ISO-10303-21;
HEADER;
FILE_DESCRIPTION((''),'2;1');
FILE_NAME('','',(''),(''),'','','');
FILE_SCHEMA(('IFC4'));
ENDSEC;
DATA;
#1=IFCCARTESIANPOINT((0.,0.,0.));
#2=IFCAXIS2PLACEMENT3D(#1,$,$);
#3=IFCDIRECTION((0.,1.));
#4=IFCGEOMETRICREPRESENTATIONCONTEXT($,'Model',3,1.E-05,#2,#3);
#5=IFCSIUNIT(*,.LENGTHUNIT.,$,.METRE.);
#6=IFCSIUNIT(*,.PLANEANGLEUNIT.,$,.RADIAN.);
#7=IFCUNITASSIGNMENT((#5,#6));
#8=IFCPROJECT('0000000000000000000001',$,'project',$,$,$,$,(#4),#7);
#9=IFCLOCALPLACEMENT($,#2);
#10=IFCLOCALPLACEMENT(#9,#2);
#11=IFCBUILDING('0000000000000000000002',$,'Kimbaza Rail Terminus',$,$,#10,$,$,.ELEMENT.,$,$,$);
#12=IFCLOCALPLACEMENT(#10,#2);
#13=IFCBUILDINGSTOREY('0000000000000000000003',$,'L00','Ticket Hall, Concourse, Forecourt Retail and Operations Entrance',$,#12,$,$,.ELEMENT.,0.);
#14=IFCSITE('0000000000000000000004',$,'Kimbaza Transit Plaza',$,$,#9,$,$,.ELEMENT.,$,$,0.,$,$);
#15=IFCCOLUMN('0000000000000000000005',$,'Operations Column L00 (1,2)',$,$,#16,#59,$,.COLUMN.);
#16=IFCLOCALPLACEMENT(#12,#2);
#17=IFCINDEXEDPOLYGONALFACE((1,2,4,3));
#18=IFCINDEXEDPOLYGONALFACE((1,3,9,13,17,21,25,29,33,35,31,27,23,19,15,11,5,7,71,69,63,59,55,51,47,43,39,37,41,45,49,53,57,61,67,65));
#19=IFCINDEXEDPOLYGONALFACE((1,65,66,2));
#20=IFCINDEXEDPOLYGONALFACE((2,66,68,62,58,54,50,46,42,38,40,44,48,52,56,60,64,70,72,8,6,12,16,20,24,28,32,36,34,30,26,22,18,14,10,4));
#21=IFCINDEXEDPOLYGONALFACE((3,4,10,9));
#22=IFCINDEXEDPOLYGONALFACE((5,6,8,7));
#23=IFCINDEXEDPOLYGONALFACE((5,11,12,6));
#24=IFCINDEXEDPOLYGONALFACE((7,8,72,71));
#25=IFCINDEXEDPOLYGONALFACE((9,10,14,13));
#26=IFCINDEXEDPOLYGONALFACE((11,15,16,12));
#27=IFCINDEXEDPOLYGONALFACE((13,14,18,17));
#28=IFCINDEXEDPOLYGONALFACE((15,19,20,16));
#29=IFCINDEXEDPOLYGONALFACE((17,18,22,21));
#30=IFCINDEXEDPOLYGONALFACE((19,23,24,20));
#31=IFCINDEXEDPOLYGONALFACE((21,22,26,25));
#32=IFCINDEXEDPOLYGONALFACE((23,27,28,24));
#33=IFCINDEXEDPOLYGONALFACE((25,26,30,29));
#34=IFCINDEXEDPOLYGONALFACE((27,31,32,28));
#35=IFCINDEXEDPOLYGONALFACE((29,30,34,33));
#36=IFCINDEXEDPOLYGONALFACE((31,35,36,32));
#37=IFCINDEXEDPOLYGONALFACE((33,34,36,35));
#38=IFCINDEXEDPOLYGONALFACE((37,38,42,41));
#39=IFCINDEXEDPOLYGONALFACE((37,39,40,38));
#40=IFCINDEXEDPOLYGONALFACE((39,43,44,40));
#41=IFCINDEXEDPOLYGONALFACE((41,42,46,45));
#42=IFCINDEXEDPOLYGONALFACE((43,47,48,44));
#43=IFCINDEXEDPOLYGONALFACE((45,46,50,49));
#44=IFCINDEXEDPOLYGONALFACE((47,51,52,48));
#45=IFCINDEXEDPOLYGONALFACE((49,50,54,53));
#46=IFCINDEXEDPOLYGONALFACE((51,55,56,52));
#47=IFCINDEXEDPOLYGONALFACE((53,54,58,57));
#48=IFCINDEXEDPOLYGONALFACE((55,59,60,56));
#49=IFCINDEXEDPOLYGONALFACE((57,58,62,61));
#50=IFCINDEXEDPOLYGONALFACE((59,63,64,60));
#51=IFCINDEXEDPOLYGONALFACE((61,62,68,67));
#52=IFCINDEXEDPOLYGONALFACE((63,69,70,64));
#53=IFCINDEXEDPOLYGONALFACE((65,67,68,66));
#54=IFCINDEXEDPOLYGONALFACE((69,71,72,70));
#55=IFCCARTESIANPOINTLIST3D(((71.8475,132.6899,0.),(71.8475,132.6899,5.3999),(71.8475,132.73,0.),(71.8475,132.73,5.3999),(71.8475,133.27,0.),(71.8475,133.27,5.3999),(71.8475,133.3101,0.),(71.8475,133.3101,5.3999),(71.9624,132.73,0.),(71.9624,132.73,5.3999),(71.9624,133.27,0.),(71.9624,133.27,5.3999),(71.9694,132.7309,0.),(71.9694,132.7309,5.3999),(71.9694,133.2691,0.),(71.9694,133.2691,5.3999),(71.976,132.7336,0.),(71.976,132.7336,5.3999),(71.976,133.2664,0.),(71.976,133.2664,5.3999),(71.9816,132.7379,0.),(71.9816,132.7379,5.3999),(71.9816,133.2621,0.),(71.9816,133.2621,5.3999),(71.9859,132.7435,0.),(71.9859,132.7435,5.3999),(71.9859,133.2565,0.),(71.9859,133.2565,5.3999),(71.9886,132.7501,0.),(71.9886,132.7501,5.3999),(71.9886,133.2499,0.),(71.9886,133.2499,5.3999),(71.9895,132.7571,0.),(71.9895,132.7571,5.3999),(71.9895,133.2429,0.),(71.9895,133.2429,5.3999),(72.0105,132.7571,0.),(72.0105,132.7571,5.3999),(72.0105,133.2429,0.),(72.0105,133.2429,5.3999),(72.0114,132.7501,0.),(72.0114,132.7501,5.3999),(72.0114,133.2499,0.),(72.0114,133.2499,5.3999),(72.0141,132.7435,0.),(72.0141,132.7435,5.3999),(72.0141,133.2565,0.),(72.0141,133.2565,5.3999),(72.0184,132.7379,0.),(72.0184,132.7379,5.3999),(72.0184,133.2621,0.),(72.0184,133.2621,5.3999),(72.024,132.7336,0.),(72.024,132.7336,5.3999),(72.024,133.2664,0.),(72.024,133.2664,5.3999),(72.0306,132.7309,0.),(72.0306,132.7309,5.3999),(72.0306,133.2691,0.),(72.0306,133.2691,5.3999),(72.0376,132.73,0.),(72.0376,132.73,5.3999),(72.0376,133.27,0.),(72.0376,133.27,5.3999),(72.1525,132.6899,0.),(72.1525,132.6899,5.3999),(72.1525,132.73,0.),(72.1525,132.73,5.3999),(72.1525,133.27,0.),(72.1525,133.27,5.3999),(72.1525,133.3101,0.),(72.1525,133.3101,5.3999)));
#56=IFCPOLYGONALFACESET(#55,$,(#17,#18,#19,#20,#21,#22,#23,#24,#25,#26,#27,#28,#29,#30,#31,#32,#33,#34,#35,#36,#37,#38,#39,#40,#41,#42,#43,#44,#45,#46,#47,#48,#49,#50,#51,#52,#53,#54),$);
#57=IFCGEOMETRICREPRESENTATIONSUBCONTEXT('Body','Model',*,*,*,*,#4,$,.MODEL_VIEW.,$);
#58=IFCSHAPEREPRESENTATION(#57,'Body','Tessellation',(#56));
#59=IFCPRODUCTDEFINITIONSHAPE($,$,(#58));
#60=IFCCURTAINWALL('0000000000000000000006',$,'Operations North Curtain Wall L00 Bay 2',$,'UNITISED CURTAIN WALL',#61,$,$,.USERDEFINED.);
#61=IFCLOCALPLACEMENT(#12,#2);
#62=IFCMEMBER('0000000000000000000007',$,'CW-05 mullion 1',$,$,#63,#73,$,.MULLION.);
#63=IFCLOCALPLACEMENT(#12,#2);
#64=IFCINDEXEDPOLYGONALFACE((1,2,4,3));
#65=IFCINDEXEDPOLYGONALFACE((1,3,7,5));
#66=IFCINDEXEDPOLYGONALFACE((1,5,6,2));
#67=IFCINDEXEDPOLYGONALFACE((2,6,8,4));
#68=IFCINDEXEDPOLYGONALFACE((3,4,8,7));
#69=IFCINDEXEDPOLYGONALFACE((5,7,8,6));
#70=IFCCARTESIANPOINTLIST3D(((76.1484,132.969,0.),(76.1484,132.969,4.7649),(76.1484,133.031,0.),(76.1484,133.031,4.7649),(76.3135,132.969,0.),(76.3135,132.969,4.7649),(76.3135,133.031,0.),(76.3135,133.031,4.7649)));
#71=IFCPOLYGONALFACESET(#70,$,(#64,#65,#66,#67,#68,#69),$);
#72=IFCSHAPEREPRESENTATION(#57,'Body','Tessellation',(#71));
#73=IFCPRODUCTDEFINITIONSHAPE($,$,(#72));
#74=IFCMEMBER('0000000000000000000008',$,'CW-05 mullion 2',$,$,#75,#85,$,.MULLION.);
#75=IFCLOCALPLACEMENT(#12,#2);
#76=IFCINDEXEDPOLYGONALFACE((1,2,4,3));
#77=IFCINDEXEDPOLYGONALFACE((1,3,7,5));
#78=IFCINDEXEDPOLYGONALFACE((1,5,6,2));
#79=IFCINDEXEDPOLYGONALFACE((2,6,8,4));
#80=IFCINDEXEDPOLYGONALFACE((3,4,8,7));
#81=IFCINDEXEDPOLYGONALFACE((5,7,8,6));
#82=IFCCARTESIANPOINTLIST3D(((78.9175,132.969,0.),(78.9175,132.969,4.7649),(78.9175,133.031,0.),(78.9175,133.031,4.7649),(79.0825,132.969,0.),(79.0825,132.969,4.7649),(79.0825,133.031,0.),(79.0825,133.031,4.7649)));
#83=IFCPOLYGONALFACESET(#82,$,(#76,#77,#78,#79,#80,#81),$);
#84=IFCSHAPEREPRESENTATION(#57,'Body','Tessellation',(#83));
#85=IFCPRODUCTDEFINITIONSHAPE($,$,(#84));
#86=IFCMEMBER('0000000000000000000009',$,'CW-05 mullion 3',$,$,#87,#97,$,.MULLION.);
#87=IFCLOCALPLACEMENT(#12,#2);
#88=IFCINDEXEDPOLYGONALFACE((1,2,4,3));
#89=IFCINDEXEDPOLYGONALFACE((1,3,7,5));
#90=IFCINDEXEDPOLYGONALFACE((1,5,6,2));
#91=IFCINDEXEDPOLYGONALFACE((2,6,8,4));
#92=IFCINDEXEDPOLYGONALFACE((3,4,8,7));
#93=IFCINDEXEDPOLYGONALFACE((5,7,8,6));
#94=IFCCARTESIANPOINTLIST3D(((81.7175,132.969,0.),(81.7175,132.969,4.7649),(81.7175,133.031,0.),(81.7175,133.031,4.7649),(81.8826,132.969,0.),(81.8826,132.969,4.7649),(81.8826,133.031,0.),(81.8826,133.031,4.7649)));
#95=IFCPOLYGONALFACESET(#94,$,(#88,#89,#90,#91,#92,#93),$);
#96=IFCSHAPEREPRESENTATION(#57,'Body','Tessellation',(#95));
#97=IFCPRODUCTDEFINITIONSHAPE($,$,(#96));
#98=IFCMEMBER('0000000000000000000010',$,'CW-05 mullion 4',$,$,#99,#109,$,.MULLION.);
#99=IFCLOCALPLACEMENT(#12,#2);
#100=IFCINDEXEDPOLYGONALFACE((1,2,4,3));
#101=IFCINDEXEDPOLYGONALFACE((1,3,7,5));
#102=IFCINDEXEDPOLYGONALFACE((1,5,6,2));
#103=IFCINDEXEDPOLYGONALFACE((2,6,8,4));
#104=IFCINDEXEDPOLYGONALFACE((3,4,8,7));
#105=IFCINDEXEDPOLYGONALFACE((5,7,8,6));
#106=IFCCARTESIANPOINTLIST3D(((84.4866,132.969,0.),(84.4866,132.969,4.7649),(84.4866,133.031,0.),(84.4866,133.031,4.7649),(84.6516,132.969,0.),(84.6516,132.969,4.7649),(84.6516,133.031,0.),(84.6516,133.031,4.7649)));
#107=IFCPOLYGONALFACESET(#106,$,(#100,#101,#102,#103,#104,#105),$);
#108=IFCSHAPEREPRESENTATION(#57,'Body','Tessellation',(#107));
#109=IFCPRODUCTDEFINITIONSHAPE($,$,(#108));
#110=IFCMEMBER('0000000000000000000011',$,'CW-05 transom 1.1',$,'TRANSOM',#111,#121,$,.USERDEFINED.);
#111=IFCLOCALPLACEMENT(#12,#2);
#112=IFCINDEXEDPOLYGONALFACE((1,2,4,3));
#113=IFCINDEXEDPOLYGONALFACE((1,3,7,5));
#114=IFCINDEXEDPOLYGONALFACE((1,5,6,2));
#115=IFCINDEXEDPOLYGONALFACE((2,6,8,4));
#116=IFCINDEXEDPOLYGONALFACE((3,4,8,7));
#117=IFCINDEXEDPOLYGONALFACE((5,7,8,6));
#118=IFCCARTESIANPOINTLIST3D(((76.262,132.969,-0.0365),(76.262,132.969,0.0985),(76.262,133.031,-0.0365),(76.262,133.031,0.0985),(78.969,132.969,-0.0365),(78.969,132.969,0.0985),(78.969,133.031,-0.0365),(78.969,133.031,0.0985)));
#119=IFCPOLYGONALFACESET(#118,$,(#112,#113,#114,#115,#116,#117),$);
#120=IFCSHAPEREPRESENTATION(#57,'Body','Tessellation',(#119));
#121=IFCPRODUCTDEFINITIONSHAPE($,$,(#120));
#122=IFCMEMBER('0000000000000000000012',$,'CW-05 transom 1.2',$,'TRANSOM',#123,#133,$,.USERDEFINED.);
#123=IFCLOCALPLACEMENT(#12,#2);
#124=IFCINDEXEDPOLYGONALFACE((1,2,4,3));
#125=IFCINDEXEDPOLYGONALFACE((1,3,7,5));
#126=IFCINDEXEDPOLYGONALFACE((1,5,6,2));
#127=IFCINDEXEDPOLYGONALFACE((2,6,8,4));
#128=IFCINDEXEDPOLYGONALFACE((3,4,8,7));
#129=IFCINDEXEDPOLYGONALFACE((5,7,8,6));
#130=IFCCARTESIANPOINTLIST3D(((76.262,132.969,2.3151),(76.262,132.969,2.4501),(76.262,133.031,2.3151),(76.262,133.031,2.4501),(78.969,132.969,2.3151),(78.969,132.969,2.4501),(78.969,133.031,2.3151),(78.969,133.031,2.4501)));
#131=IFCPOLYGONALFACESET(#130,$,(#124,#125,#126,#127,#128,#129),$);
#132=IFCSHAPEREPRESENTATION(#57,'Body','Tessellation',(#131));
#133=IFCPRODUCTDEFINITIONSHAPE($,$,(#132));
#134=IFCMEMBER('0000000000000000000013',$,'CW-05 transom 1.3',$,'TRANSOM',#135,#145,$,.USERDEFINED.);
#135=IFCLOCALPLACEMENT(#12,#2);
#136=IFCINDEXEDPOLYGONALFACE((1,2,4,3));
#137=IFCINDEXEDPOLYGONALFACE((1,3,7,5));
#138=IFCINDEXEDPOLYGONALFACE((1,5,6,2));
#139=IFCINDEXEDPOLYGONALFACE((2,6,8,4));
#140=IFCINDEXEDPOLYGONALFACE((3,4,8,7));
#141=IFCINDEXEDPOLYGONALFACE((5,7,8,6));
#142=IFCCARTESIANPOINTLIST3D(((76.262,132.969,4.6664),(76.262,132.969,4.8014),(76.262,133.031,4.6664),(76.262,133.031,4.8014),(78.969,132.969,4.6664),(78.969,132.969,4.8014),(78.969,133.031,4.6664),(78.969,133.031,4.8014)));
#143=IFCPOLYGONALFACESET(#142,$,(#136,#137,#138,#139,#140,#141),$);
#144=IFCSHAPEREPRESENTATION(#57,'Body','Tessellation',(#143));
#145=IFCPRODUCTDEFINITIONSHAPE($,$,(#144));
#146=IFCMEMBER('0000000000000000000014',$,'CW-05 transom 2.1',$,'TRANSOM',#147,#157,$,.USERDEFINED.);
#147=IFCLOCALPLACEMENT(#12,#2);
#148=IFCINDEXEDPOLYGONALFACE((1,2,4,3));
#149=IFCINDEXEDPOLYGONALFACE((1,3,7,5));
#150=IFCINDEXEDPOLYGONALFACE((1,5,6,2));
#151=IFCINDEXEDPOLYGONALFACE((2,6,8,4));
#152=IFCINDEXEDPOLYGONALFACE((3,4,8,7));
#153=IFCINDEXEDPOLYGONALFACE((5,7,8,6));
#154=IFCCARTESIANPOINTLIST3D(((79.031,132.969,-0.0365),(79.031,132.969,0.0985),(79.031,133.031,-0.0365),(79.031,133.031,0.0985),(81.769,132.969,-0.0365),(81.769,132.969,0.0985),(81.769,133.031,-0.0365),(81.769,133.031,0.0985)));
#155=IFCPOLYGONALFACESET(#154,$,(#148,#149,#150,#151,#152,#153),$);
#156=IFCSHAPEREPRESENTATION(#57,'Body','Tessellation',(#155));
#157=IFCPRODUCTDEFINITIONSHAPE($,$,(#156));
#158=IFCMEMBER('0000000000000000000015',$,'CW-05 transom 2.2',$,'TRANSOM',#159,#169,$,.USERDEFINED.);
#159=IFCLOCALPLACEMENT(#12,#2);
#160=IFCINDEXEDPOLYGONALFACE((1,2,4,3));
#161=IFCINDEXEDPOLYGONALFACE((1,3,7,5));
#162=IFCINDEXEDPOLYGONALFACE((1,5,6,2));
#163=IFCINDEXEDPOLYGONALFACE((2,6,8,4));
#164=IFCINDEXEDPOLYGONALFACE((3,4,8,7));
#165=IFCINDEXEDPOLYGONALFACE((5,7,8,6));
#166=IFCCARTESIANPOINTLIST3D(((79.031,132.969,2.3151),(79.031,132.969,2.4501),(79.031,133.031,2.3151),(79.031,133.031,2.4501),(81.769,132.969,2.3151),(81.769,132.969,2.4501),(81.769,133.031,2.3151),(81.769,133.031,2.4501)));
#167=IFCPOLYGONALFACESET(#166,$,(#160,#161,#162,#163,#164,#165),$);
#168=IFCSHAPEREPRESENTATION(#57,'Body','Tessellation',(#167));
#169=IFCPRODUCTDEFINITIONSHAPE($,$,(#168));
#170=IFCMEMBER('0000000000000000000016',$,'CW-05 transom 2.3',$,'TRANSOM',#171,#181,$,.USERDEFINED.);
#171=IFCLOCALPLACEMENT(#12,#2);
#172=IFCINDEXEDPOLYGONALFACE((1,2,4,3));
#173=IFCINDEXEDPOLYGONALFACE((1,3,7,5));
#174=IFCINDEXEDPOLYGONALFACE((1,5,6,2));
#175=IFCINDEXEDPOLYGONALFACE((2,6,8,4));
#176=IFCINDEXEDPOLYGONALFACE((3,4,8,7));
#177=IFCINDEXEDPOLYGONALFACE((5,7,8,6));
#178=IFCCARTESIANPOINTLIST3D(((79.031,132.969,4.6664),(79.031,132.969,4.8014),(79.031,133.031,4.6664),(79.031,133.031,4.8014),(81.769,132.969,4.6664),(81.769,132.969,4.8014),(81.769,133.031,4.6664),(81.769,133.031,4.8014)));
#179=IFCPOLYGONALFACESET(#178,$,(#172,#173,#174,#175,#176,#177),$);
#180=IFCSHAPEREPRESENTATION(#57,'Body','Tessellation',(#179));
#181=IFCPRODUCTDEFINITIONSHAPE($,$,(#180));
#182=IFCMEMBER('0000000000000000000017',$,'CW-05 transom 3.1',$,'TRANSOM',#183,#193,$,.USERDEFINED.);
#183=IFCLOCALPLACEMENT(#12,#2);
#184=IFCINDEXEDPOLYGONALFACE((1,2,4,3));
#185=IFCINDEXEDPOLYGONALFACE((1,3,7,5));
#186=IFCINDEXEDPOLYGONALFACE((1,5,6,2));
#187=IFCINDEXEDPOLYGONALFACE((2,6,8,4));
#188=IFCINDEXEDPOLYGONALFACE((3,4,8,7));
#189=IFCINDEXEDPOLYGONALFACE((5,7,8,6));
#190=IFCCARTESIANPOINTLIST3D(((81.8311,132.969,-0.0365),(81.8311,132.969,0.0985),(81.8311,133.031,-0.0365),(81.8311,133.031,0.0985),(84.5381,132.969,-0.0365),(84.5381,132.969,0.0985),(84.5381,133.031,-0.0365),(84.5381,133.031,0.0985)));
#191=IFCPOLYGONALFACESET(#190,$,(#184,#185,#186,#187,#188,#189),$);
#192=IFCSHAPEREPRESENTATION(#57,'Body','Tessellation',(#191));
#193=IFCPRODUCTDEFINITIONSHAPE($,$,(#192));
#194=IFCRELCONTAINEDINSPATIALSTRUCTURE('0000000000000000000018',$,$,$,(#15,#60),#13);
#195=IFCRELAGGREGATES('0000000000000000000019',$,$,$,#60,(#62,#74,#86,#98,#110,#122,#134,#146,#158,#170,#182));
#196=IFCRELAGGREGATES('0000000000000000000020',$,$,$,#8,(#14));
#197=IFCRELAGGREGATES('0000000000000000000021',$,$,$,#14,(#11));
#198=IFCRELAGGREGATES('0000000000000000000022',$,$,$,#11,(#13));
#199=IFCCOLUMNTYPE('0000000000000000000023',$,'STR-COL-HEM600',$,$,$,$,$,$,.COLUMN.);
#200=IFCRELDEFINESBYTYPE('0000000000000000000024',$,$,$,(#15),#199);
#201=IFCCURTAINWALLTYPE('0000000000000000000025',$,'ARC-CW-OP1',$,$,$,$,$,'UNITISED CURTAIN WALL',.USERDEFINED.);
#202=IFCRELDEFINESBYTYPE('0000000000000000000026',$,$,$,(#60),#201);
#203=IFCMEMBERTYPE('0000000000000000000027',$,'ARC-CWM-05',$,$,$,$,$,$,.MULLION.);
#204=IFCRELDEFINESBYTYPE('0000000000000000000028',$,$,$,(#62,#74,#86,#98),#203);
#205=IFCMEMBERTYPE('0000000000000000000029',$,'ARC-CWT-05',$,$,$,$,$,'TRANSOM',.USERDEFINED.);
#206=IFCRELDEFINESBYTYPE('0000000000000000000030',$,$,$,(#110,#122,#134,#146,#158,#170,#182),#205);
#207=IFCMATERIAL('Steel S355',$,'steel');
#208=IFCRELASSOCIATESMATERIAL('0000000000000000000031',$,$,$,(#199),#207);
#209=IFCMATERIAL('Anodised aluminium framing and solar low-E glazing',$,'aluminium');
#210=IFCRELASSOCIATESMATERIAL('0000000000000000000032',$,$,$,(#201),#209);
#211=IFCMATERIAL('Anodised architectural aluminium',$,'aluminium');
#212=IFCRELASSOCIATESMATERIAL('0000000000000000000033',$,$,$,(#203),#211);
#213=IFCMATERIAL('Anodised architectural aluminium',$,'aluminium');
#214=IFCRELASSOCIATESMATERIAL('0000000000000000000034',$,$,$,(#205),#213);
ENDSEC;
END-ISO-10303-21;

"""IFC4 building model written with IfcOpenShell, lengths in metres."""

from ifc_helpers import new_model, si_unit, direction, frame, origin, origin_2d, place, context, subcontext, project, spatial, rectangle, i_section, extrude, material, material_profile, profile_set, type_object, element, aggregate, save


model = new_model("IFC4")

# Units and contexts
model_context = context("Model", 3, precision=1e-05, world=origin(), true_north=direction((0.0, 1.0)))
body_context = subcontext(model_context, "Body", "Model", "MODEL_VIEW")
ifc_project = project(units=[si_unit("LENGTHUNIT", "METRE"), si_unit("PLANEANGLEUNIT", "RADIAN")], contexts=[model_context])

# Site, building, storey
site_placement = place(None, origin())
site = spatial("IfcSite", under=ifc_project, at=site_placement, Name="Kimbaza Transit Plaza", CompositionType="ELEMENT", RefElevation=0.0)
building_placement = place(site_placement, origin())
building = spatial("IfcBuilding", under=site, at=building_placement, Name="Kimbaza Rail Terminus", CompositionType="ELEMENT")
storey_placement = place(building_placement, origin())
storey = spatial("IfcBuildingStorey", under=building, at=storey_placement, Name="L00", Description="Ticket Hall, Concourse, Forecourt Retail and Operations Entrance", CompositionType="ELEMENT", Elevation=0.0)

# Column
ifc_material_1 = material(Name="Steel S355", Category="steel")
ifc_material_profile_1 = material_profile(ifc_material_1, i_section(OverallWidth=0.3049, OverallDepth=0.6201, WebThickness=0.021, FlangeThickness=0.04, FilletRadius=0.0271, at=origin_2d()), Name="HEM 600")
ifc_profile_set_1 = profile_set([ifc_material_profile_1], Name="Steel S355")
column_type = type_object("IfcColumnType", Name="STR-COL-HEM600", PredefinedType="COLUMN", material=ifc_profile_set_1)
column_placement = place(storey_placement, frame((72.0, 133.0, 0.0), z_axis=(0.0, 0.0, 1.0), x_axis=(1.0, 0.0, 0.0)))
element("IfcColumn", 1, at=column_placement, inside=storey, type_object=column_type, Name="Operations Column L00 (1,2)", PredefinedType="COLUMN", context=body_context, shape_type="SweptSolid", body=[
    extrude(i_section(OverallWidth=0.3049, OverallDepth=0.6201, WebThickness=0.021, FlangeThickness=0.04, FilletRadius=0.0271, at=origin_2d()), origin(), (0.0, 0.0, 1.0), 5.3999),
])

# Curtain wall, members
ifc_material_2 = material(Name="Anodised aluminium framing and solar low-E glazing", Category="aluminium")
curtain_wall_type = type_object("IfcCurtainWallType", Name="ARC-CW-OP1", ElementType="UNITISED CURTAIN WALL", PredefinedType="USERDEFINED", material=ifc_material_2)
curtain_wall_placement = place(storey_placement, origin())
curtain_wall = element("IfcCurtainWall", 2, at=curtain_wall_placement, inside=storey, type_object=curtain_wall_type, Name="Operations North Curtain Wall L00 Bay 2", ObjectType="UNITISED CURTAIN WALL", PredefinedType="USERDEFINED")
ifc_material_3 = material(Name="Anodised architectural aluminium", Category="aluminium")
ifc_material_profile_2 = material_profile(ifc_material_3, rectangle(XDim=0.062, YDim=0.165, at=origin_2d()), Name="MULLION 62x165")
ifc_profile_set_2 = profile_set([ifc_material_profile_2], Name="Anodised architectural aluminium")
member_type_1 = type_object("IfcMemberType", Name="ARC-CWM-05", PredefinedType="MULLION", material=ifc_profile_set_2)
member_1_placement = place(storey_placement, frame((76.231, 133.0, 0.0), z_axis=(0.0, 0.0, 1.0), x_axis=(0.0, 1.0, 0.0)))
member_1 = element("IfcMember", 3, at=member_1_placement, type_object=member_type_1, Name="CW-05 mullion 1", PredefinedType="MULLION", context=body_context, shape_type="SweptSolid", body=[
    extrude(rectangle(XDim=0.062, YDim=0.165, at=origin_2d()), origin(), (0.0, 0.0, 1.0), 4.7649),
])
member_2_placement = place(storey_placement, frame((79.0, 133.0, 0.0), z_axis=(0.0, 0.0, 1.0), x_axis=(0.0, 1.0, 0.0)))
member_2 = element("IfcMember", 4, at=member_2_placement, type_object=member_type_1, Name="CW-05 mullion 2", PredefinedType="MULLION", context=body_context, shape_type="SweptSolid", body=[
    extrude(rectangle(XDim=0.062, YDim=0.165, at=origin_2d()), origin(), (0.0, 0.0, 1.0), 4.7649),
])
member_3_placement = place(storey_placement, frame((81.8, 133.0, 0.0), z_axis=(0.0, 0.0, 1.0), x_axis=(0.0, 1.0, 0.0)))
member_3 = element("IfcMember", 5, at=member_3_placement, type_object=member_type_1, Name="CW-05 mullion 3", PredefinedType="MULLION", context=body_context, shape_type="SweptSolid", body=[
    extrude(rectangle(XDim=0.062, YDim=0.165, at=origin_2d()), origin(), (0.0, 0.0, 1.0), 4.7649),
])
member_4_placement = place(storey_placement, frame((84.5691, 133.0, 0.0), z_axis=(0.0, 0.0, 1.0), x_axis=(0.0, 1.0, 0.0)))
member_4 = element("IfcMember", 6, at=member_4_placement, type_object=member_type_1, Name="CW-05 mullion 4", PredefinedType="MULLION", context=body_context, shape_type="SweptSolid", body=[
    extrude(rectangle(XDim=0.062, YDim=0.165, at=origin_2d()), origin(), (0.0, 0.0, 1.0), 4.7649),
])
ifc_material_4 = material(Name="Anodised architectural aluminium", Category="aluminium")
ifc_material_profile_3 = material_profile(ifc_material_4, rectangle(XDim=0.062, YDim=0.135, at=origin_2d()), Name="TRANSOM 62x135")
ifc_profile_set_3 = profile_set([ifc_material_profile_3], Name="Anodised architectural aluminium")
member_type_2 = type_object("IfcMemberType", Name="ARC-CWT-05", ElementType="TRANSOM", PredefinedType="USERDEFINED", material=ifc_profile_set_3)
member_5_placement = place(storey_placement, frame((76.262, 133.0, 0.031), z_axis=(1.0, 0.0, 0.0), x_axis=(0.0, 1.0, 0.0)))
member_5 = element("IfcMember", 7, at=member_5_placement, type_object=member_type_2, Name="CW-05 transom 1.1", ObjectType="TRANSOM", PredefinedType="USERDEFINED", context=body_context, shape_type="SweptSolid", body=[
    extrude(rectangle(XDim=0.062, YDim=0.135, at=origin_2d()), origin(), (0.0, 0.0, 1.0), 2.707),
])
member_6_placement = place(storey_placement, frame((76.262, 133.0, 2.3826), z_axis=(1.0, 0.0, 0.0), x_axis=(0.0, 1.0, 0.0)))
member_6 = element("IfcMember", 8, at=member_6_placement, type_object=member_type_2, Name="CW-05 transom 1.2", ObjectType="TRANSOM", PredefinedType="USERDEFINED", context=body_context, shape_type="SweptSolid", body=[
    extrude(rectangle(XDim=0.062, YDim=0.135, at=origin_2d()), origin(), (0.0, 0.0, 1.0), 2.707),
])
member_7_placement = place(storey_placement, frame((76.262, 133.0, 4.7339), z_axis=(1.0, 0.0, 0.0), x_axis=(0.0, 1.0, 0.0)))
member_7 = element("IfcMember", 9, at=member_7_placement, type_object=member_type_2, Name="CW-05 transom 1.3", ObjectType="TRANSOM", PredefinedType="USERDEFINED", context=body_context, shape_type="SweptSolid", body=[
    extrude(rectangle(XDim=0.062, YDim=0.135, at=origin_2d()), origin(), (0.0, 0.0, 1.0), 2.707),
])
member_8_placement = place(storey_placement, frame((79.031, 133.0, 0.031), z_axis=(1.0, 0.0, 0.0), x_axis=(0.0, 1.0, 0.0)))
member_8 = element("IfcMember", 10, at=member_8_placement, type_object=member_type_2, Name="CW-05 transom 2.1", ObjectType="TRANSOM", PredefinedType="USERDEFINED", context=body_context, shape_type="SweptSolid", body=[
    extrude(rectangle(XDim=0.062, YDim=0.135, at=origin_2d()), origin(), (0.0, 0.0, 1.0), 2.738),
])
member_9_placement = place(storey_placement, frame((79.031, 133.0, 2.3826), z_axis=(1.0, 0.0, 0.0), x_axis=(0.0, 1.0, 0.0)))
member_9 = element("IfcMember", 11, at=member_9_placement, type_object=member_type_2, Name="CW-05 transom 2.2", ObjectType="TRANSOM", PredefinedType="USERDEFINED", context=body_context, shape_type="SweptSolid", body=[
    extrude(rectangle(XDim=0.062, YDim=0.135, at=origin_2d()), origin(), (0.0, 0.0, 1.0), 2.738),
])
member_10_placement = place(storey_placement, frame((79.031, 133.0, 4.7339), z_axis=(1.0, 0.0, 0.0), x_axis=(0.0, 1.0, 0.0)))
member_10 = element("IfcMember", 12, at=member_10_placement, type_object=member_type_2, Name="CW-05 transom 2.3", ObjectType="TRANSOM", PredefinedType="USERDEFINED", context=body_context, shape_type="SweptSolid", body=[
    extrude(rectangle(XDim=0.062, YDim=0.135, at=origin_2d()), origin(), (0.0, 0.0, 1.0), 2.738),
])
member_11_placement = place(storey_placement, frame((81.8311, 133.0, 0.031), z_axis=(1.0, 0.0, 0.0), x_axis=(0.0, 1.0, 0.0)))
member_11 = element("IfcMember", 13, at=member_11_placement, type_object=member_type_2, Name="CW-05 transom 3.1", ObjectType="TRANSOM", PredefinedType="USERDEFINED", context=body_context, shape_type="SweptSolid", body=[
    extrude(rectangle(XDim=0.062, YDim=0.135, at=origin_2d()), origin(), (0.0, 0.0, 1.0), 2.707),
])

aggregate(curtain_wall, [member_1, member_2, member_3, member_4, member_5, member_6, member_7, member_8, member_9, member_10, member_11])

save(model, "model.ifc")
